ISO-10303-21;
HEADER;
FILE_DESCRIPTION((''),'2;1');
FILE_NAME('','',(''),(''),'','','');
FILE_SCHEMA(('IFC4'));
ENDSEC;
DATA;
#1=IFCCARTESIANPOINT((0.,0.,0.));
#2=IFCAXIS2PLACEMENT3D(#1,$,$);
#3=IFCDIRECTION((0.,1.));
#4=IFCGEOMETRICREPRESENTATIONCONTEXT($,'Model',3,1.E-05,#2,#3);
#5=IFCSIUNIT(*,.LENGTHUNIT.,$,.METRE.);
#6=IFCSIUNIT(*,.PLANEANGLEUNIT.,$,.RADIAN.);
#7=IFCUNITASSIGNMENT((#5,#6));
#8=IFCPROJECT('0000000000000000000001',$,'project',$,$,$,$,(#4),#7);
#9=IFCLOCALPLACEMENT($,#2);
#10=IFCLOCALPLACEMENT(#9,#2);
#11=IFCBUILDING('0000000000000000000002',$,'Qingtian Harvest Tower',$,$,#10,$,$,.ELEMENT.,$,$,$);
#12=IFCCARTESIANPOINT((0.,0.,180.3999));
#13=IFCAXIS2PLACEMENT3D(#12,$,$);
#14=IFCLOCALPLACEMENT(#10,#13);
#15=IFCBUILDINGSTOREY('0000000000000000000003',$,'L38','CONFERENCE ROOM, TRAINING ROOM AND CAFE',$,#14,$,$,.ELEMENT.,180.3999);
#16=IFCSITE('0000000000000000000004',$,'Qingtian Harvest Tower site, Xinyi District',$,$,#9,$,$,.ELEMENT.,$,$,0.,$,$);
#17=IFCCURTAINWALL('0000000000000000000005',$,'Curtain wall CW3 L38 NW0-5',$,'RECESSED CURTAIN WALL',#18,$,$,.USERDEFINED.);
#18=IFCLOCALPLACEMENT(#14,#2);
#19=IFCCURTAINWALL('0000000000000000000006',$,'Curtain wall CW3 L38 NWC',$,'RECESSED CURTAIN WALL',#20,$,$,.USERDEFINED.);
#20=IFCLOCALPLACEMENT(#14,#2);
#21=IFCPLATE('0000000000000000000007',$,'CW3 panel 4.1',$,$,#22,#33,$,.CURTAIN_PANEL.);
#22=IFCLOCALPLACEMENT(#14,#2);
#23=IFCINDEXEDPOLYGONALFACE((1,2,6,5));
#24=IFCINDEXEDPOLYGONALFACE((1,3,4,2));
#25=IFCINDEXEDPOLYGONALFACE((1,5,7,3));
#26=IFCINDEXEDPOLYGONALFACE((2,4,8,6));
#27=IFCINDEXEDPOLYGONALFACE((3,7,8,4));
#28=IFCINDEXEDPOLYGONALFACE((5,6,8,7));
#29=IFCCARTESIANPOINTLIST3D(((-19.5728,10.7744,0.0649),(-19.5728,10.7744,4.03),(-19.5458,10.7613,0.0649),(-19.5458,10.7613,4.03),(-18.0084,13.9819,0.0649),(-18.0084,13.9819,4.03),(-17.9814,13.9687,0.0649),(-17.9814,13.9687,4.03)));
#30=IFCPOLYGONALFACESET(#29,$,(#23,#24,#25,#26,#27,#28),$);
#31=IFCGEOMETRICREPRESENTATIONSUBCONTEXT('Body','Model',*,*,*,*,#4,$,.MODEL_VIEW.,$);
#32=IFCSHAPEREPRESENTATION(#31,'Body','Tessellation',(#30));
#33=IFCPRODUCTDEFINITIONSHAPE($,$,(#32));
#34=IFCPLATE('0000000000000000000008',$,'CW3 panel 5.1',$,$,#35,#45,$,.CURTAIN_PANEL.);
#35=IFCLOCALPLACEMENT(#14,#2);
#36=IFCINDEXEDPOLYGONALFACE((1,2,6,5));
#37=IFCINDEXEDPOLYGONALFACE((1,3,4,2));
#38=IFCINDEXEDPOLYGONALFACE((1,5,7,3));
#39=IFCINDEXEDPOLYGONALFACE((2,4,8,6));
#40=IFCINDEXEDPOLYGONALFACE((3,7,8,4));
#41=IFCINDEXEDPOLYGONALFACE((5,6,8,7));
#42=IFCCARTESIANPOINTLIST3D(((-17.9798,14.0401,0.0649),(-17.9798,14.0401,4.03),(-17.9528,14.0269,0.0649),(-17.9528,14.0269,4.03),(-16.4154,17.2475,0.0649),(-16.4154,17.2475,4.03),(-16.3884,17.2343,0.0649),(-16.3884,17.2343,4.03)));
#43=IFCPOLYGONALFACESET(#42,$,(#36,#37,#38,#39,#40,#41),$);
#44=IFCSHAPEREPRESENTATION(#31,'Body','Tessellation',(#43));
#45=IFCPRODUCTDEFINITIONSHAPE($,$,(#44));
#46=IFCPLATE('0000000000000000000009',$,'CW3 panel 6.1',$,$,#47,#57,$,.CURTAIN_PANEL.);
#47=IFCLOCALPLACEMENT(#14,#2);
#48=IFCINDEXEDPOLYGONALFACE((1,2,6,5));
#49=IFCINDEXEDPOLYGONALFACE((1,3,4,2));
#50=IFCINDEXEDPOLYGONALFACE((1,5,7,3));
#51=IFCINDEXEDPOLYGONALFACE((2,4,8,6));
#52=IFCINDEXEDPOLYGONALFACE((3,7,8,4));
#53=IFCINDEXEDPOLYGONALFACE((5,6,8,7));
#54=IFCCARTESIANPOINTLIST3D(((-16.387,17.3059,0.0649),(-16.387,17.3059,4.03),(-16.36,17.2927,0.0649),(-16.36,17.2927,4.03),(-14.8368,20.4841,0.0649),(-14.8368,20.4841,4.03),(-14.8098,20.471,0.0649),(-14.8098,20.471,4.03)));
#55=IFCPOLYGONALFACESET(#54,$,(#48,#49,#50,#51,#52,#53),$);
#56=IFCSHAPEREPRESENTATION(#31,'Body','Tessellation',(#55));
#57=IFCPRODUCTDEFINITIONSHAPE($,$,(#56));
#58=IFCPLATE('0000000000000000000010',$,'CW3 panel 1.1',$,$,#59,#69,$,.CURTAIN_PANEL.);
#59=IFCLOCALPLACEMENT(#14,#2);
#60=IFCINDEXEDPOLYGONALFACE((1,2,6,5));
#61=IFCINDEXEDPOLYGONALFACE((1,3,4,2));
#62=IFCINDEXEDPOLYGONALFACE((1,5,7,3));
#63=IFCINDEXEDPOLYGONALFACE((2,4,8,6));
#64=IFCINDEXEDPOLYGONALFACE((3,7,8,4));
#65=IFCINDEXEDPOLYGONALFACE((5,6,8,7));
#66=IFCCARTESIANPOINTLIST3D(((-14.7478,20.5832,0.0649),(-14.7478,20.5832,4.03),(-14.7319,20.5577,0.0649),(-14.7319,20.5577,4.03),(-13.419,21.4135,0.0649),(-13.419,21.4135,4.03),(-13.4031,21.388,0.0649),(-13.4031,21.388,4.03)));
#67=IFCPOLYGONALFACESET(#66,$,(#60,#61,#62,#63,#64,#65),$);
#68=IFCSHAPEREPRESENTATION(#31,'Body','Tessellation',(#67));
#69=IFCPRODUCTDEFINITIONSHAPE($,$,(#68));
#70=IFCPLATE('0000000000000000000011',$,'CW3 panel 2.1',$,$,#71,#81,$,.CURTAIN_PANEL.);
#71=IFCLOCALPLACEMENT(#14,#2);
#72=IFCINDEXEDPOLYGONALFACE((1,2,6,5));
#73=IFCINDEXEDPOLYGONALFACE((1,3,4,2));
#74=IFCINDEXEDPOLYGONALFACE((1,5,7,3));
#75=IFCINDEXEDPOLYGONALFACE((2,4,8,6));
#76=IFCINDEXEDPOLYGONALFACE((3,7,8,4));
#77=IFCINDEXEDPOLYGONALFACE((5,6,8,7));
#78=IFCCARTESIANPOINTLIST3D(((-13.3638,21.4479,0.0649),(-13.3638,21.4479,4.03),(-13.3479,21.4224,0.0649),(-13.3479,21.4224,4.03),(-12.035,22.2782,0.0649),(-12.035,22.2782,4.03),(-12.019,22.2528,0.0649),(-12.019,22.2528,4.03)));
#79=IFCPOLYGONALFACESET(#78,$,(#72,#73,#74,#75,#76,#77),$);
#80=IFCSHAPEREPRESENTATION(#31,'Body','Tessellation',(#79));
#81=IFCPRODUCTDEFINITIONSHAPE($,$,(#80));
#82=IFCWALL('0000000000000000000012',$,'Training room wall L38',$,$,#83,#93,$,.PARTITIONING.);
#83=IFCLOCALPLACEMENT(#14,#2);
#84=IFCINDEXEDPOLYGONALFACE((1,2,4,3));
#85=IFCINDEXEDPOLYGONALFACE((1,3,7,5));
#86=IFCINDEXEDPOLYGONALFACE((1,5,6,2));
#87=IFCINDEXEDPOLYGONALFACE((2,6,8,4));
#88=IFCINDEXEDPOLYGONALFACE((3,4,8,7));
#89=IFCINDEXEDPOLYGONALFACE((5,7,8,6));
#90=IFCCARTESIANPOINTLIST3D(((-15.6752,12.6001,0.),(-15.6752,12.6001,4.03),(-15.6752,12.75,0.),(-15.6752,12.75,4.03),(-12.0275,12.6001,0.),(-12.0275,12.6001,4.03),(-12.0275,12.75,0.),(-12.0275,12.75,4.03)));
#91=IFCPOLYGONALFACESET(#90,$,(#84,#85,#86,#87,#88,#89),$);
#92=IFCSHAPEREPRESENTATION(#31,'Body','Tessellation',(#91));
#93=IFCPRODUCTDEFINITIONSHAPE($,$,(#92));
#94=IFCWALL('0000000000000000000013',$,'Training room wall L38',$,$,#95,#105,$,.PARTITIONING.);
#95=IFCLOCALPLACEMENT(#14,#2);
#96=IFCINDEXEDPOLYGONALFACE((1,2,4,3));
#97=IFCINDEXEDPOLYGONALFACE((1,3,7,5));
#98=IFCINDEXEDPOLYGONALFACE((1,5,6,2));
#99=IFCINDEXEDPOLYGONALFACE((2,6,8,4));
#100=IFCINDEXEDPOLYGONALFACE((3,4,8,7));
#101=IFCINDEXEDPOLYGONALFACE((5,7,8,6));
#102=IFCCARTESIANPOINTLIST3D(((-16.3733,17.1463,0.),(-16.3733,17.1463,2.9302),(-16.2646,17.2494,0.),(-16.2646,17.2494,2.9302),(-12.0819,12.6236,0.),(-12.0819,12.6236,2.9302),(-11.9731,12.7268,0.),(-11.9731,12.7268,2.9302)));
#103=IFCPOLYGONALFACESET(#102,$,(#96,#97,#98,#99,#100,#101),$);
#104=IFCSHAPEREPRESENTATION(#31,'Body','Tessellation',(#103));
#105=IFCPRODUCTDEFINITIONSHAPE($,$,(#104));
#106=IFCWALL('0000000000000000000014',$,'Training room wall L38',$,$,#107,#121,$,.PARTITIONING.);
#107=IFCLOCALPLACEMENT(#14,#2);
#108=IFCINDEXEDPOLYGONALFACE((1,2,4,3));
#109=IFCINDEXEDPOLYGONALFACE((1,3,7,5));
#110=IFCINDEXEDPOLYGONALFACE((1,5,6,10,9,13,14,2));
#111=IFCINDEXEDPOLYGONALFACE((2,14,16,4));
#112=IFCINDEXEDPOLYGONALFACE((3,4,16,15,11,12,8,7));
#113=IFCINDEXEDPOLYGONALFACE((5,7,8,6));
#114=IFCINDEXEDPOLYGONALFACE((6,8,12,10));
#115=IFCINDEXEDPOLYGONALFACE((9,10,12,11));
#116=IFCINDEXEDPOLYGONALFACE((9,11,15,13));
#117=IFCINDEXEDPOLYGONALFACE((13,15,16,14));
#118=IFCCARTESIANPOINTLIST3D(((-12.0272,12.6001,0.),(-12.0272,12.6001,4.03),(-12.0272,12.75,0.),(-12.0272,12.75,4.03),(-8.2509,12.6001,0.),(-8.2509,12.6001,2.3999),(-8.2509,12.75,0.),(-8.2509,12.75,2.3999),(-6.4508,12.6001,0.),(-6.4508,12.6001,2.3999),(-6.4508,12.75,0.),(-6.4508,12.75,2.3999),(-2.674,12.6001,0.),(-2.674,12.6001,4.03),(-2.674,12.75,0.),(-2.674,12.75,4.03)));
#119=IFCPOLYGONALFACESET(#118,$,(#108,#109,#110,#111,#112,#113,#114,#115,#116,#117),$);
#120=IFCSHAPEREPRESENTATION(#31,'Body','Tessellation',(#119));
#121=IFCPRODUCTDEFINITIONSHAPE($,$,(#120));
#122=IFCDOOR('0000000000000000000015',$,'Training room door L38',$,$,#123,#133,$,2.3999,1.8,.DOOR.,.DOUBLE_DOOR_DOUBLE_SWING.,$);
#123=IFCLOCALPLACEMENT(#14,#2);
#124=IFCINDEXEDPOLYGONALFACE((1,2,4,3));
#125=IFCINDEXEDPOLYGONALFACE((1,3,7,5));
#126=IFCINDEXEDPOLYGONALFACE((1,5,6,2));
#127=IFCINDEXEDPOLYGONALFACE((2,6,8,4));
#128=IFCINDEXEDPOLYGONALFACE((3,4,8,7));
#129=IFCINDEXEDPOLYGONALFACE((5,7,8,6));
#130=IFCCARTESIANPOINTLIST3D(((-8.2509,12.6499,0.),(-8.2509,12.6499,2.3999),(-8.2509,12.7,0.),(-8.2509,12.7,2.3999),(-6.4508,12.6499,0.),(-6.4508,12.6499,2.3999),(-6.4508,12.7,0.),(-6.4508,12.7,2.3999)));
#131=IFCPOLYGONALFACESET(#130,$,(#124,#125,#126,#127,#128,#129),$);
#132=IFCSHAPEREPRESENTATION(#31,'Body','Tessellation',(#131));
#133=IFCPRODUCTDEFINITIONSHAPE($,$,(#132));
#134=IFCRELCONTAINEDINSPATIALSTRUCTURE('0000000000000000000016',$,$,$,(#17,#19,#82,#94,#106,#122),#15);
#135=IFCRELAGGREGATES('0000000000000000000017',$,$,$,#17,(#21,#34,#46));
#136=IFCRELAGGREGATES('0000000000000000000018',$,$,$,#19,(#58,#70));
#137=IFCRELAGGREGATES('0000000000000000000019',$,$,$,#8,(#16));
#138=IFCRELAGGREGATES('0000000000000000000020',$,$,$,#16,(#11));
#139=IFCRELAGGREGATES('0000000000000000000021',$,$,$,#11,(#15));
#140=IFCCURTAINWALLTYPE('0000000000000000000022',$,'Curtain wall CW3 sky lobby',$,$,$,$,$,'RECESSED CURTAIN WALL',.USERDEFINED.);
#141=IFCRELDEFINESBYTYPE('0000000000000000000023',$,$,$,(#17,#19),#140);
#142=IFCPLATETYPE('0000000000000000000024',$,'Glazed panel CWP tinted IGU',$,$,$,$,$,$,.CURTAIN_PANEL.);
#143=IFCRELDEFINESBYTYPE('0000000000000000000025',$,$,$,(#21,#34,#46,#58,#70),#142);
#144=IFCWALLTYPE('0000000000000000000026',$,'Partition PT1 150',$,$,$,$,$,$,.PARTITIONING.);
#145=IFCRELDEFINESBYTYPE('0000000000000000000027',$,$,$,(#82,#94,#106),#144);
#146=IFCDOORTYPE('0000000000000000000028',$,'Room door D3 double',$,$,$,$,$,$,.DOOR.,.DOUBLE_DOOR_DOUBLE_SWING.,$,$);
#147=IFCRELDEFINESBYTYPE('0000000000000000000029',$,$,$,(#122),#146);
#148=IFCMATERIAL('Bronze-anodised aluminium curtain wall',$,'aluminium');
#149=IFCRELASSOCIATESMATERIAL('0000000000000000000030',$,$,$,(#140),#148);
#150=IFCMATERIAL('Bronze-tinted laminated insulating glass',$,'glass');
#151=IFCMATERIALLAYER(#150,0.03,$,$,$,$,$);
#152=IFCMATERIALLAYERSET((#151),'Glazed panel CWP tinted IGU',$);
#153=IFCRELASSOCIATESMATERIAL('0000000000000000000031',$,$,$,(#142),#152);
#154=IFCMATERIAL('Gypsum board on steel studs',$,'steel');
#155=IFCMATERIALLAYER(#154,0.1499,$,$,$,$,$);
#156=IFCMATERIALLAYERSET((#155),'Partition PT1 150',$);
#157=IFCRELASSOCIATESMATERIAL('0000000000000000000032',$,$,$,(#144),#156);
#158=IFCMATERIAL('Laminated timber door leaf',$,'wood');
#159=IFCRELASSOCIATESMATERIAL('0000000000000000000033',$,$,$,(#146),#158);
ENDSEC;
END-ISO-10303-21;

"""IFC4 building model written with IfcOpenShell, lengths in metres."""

from ifc_helpers import new_model, si_unit, direction, frame, frame_2d, origin, origin_2d, place, context, subcontext, project, spatial, rectangle, extrude, material, layer, layer_set, type_object, element, fill, aggregate, save


model = new_model("IFC4")

# Units and contexts
model_context = context("Model", 3, precision=1e-05, world=origin(), true_north=direction((0.0, 1.0)))
body_context = subcontext(model_context, "Body", "Model", "MODEL_VIEW")
ifc_project = project(units=[si_unit("LENGTHUNIT", "METRE"), si_unit("PLANEANGLEUNIT", "RADIAN")], contexts=[model_context])

# Site, building, storey
site_placement = place(None, origin())
site = spatial("IfcSite", under=ifc_project, at=site_placement, Name="Qingtian Harvest Tower site, Xinyi District", CompositionType="ELEMENT", RefElevation=0.0)
building_placement = place(site_placement, origin())
building = spatial("IfcBuilding", under=site, at=building_placement, Name="Qingtian Harvest Tower", CompositionType="ELEMENT")
storey_placement = place(building_placement, frame((0.0, 0.0, 180.3999)))
storey = spatial("IfcBuildingStorey", under=building, at=storey_placement, Name="L38", Description="CONFERENCE ROOM, TRAINING ROOM AND CAFE", CompositionType="ELEMENT", Elevation=180.3999)

# Curtain walls
ifc_material_1 = material(Name="Bronze-anodised aluminium curtain wall", Category="aluminium")
curtain_wall_type = type_object("IfcCurtainWallType", Name="Curtain wall CW3 sky lobby", ElementType="RECESSED CURTAIN WALL", PredefinedType="USERDEFINED", material=ifc_material_1)
curtain_wall_1_placement = place(storey_placement, origin())
curtain_wall_1 = element("IfcCurtainWall", 1, at=curtain_wall_1_placement, inside=storey, type_object=curtain_wall_type, Name="Curtain wall CW3 L38 NW0-5", ObjectType="RECESSED CURTAIN WALL", PredefinedType="USERDEFINED")
curtain_wall_2_placement = place(storey_placement, origin())
curtain_wall_2 = element("IfcCurtainWall", 2, at=curtain_wall_2_placement, inside=storey, type_object=curtain_wall_type, Name="Curtain wall CW3 L38 NWC", ObjectType="RECESSED CURTAIN WALL", PredefinedType="USERDEFINED")

# Plates
ifc_material_2 = material(Name="Bronze-tinted laminated insulating glass", Category="glass")
ifc_layer_1 = layer(ifc_material_2, 0.03)
ifc_layer_set_1 = layer_set([ifc_layer_1], Name="Glazed panel CWP tinted IGU")
plate_type = type_object("IfcPlateType", Name="Glazed panel CWP tinted IGU", PredefinedType="CURTAIN_PANEL", material=ifc_layer_set_1)
plate_1_placement = place(storey_placement, frame((-18.7771, 12.3716, 0.0649), z_axis=(0.0, 0.0, 1.0), x_axis=(0.438371, 0.898794, 0.0)))
plate_1 = element("IfcPlate", 3, at=plate_1_placement, type_object=plate_type, Name="CW3 panel 4.1", PredefinedType="CURTAIN_PANEL", context=body_context, shape_type="SweptSolid", body=[
    extrude(rectangle(XDim=3.5686, YDim=0.03, at=origin_2d()), origin(), (0.0, 0.0, 1.0), 3.9651),
])
plate_2_placement = place(storey_placement, frame((-17.1841, 15.6372, 0.0649), z_axis=(0.0, 0.0, 1.0), x_axis=(0.438371, 0.898794, 0.0)))
plate_2 = element("IfcPlate", 4, at=plate_2_placement, type_object=plate_type, Name="CW3 panel 5.1", PredefinedType="CURTAIN_PANEL", context=body_context, shape_type="SweptSolid", body=[
    extrude(rectangle(XDim=3.5686, YDim=0.03, at=origin_2d()), origin(), (0.0, 0.0, 1.0), 3.9651),
])
plate_3_placement = place(storey_placement, frame((-15.5984, 18.8884, 0.0649), z_axis=(0.0, 0.0, 1.0), x_axis=(0.438371, 0.898794, 0.0)))
plate_3 = element("IfcPlate", 5, at=plate_3_placement, type_object=plate_type, Name="CW3 panel 6.1", PredefinedType="CURTAIN_PANEL", context=body_context, shape_type="SweptSolid", body=[
    extrude(rectangle(XDim=3.5361, YDim=0.03, at=origin_2d()), origin(), (0.0, 0.0, 1.0), 3.9651),
])
aggregate(curtain_wall_1, [plate_1, plate_2, plate_3])
plate_4_placement = place(storey_placement, frame((-14.0754, 20.9856, 0.0649), z_axis=(0.0, 0.0, 1.0), x_axis=(0.848048, 0.529919, 0.0)))
plate_4 = element("IfcPlate", 6, at=plate_4_placement, type_object=plate_type, Name="CW3 panel 1.1", PredefinedType="CURTAIN_PANEL", context=body_context, shape_type="SweptSolid", body=[
    extrude(rectangle(XDim=1.5669, YDim=0.03, at=origin_2d()), origin(), (0.0, 0.0, 1.0), 3.9651),
])
plate_5_placement = place(storey_placement, frame((-12.6914, 21.8503, 0.0649), z_axis=(0.0, 0.0, 1.0), x_axis=(0.848048, 0.529919, 0.0)))
plate_5 = element("IfcPlate", 7, at=plate_5_placement, type_object=plate_type, Name="CW3 panel 2.1", PredefinedType="CURTAIN_PANEL", context=body_context, shape_type="SweptSolid", body=[
    extrude(rectangle(XDim=1.5669, YDim=0.03, at=origin_2d()), origin(), (0.0, 0.0, 1.0), 3.9651),
])
aggregate(curtain_wall_2, [plate_4, plate_5])

# Walls
ifc_material_3 = material(Name="Gypsum board on steel studs", Category="steel")
ifc_layer_2 = layer(ifc_material_3, 0.1499)
ifc_layer_set_2 = layer_set([ifc_layer_2], Name="Partition PT1 150")
wall_type = type_object("IfcWallType", Name="Partition PT1 150", PredefinedType="PARTITIONING", material=ifc_layer_set_2)
wall_1_placement = place(storey_placement, frame((-15.675, 12.675, 0.0), z_axis=(0.0, 0.0, 1.0), x_axis=(1.0, 0.0, 0.0)))
element("IfcWall", 8, at=wall_1_placement, inside=storey, type_object=wall_type, Name="Training room wall L38", PredefinedType="PARTITIONING", context=body_context, shape_type="SweptSolid", body=[
    extrude(rectangle(XDim=3.6477, YDim=0.1499, at=frame_2d((1.8237, 0.0))), origin(), (0.0, 0.0, 1.0), 4.03),
])
wall_2_placement = place(storey_placement, frame((-16.3188, 17.1978, 0.0), z_axis=(0.0, 0.0, 1.0), x_axis=(0.688322, -0.725405, 0.0)))
element("IfcWall", 9, at=wall_2_placement, inside=storey, type_object=wall_type, Name="Training room wall L38", PredefinedType="PARTITIONING", context=body_context, shape_type="SweptSolid", body=[
    extrude(rectangle(XDim=6.2346, YDim=0.1499, at=frame_2d((3.1172, 0.0))), origin(), (0.0, 0.0, 1.0), 2.9302),
])

# Wall, opening, door
wall_3_placement = place(storey_placement, frame((-12.0273, 12.675, 0.0), z_axis=(0.0, 0.0, 1.0), x_axis=(1.0, 0.0, 0.0)))
wall_3 = element("IfcWall", 10, at=wall_3_placement, inside=storey, type_object=wall_type, Name="Training room wall L38", PredefinedType="PARTITIONING", context=body_context, shape_type="SweptSolid", body=[
    extrude(rectangle(XDim=9.3533, YDim=0.1499, at=frame_2d((4.6768, 0.0))), origin(), (0.0, 0.0, 1.0), 4.03),
])
opening_placement = place(wall_3_placement, frame((3.7766, 0.0, 0.0)))
opening = element("IfcOpeningElement", 11, at=opening_placement, cuts=wall_3, PredefinedType="OPENING", context=body_context, shape_type="SweptSolid", body=[
    extrude(rectangle(XDim=1.8, YDim=2.3999, at=frame_2d((0.8999, 1.2))), frame((0.0, 0.085, 0.0), z_axis=(0.0, -1.0, 0.0), x_axis=(1.0, 0.0, 0.0)), (0.0, 0.0, 1.0), 0.1699),
])
ifc_material_4 = material(Name="Laminated timber door leaf", Category="wood")
door_type = type_object("IfcDoorType", Name="Room door D3 double", OperationType="DOUBLE_DOOR_DOUBLE_SWING", PredefinedType="DOOR", material=ifc_material_4)
door_placement = place(opening_placement, origin())
door = element("IfcDoor", 12, at=door_placement, inside=storey, type_object=door_type, Name="Training room door L38", OperationType="DOUBLE_DOOR_DOUBLE_SWING", OverallHeight=2.3999, OverallWidth=1.8, PredefinedType="DOOR", context=body_context, shape_type="SweptSolid", body=[
    extrude(rectangle(XDim=1.8, YDim=2.3999, at=frame_2d((0.8999, 1.2))), frame((0.0, 0.0249, 0.0), z_axis=(0.0, -1.0, 0.0), x_axis=(1.0, 0.0, 0.0)), (0.0, 0.0, 1.0), 0.05),
])
fill(opening, door)

save(model, "model.ifc")
